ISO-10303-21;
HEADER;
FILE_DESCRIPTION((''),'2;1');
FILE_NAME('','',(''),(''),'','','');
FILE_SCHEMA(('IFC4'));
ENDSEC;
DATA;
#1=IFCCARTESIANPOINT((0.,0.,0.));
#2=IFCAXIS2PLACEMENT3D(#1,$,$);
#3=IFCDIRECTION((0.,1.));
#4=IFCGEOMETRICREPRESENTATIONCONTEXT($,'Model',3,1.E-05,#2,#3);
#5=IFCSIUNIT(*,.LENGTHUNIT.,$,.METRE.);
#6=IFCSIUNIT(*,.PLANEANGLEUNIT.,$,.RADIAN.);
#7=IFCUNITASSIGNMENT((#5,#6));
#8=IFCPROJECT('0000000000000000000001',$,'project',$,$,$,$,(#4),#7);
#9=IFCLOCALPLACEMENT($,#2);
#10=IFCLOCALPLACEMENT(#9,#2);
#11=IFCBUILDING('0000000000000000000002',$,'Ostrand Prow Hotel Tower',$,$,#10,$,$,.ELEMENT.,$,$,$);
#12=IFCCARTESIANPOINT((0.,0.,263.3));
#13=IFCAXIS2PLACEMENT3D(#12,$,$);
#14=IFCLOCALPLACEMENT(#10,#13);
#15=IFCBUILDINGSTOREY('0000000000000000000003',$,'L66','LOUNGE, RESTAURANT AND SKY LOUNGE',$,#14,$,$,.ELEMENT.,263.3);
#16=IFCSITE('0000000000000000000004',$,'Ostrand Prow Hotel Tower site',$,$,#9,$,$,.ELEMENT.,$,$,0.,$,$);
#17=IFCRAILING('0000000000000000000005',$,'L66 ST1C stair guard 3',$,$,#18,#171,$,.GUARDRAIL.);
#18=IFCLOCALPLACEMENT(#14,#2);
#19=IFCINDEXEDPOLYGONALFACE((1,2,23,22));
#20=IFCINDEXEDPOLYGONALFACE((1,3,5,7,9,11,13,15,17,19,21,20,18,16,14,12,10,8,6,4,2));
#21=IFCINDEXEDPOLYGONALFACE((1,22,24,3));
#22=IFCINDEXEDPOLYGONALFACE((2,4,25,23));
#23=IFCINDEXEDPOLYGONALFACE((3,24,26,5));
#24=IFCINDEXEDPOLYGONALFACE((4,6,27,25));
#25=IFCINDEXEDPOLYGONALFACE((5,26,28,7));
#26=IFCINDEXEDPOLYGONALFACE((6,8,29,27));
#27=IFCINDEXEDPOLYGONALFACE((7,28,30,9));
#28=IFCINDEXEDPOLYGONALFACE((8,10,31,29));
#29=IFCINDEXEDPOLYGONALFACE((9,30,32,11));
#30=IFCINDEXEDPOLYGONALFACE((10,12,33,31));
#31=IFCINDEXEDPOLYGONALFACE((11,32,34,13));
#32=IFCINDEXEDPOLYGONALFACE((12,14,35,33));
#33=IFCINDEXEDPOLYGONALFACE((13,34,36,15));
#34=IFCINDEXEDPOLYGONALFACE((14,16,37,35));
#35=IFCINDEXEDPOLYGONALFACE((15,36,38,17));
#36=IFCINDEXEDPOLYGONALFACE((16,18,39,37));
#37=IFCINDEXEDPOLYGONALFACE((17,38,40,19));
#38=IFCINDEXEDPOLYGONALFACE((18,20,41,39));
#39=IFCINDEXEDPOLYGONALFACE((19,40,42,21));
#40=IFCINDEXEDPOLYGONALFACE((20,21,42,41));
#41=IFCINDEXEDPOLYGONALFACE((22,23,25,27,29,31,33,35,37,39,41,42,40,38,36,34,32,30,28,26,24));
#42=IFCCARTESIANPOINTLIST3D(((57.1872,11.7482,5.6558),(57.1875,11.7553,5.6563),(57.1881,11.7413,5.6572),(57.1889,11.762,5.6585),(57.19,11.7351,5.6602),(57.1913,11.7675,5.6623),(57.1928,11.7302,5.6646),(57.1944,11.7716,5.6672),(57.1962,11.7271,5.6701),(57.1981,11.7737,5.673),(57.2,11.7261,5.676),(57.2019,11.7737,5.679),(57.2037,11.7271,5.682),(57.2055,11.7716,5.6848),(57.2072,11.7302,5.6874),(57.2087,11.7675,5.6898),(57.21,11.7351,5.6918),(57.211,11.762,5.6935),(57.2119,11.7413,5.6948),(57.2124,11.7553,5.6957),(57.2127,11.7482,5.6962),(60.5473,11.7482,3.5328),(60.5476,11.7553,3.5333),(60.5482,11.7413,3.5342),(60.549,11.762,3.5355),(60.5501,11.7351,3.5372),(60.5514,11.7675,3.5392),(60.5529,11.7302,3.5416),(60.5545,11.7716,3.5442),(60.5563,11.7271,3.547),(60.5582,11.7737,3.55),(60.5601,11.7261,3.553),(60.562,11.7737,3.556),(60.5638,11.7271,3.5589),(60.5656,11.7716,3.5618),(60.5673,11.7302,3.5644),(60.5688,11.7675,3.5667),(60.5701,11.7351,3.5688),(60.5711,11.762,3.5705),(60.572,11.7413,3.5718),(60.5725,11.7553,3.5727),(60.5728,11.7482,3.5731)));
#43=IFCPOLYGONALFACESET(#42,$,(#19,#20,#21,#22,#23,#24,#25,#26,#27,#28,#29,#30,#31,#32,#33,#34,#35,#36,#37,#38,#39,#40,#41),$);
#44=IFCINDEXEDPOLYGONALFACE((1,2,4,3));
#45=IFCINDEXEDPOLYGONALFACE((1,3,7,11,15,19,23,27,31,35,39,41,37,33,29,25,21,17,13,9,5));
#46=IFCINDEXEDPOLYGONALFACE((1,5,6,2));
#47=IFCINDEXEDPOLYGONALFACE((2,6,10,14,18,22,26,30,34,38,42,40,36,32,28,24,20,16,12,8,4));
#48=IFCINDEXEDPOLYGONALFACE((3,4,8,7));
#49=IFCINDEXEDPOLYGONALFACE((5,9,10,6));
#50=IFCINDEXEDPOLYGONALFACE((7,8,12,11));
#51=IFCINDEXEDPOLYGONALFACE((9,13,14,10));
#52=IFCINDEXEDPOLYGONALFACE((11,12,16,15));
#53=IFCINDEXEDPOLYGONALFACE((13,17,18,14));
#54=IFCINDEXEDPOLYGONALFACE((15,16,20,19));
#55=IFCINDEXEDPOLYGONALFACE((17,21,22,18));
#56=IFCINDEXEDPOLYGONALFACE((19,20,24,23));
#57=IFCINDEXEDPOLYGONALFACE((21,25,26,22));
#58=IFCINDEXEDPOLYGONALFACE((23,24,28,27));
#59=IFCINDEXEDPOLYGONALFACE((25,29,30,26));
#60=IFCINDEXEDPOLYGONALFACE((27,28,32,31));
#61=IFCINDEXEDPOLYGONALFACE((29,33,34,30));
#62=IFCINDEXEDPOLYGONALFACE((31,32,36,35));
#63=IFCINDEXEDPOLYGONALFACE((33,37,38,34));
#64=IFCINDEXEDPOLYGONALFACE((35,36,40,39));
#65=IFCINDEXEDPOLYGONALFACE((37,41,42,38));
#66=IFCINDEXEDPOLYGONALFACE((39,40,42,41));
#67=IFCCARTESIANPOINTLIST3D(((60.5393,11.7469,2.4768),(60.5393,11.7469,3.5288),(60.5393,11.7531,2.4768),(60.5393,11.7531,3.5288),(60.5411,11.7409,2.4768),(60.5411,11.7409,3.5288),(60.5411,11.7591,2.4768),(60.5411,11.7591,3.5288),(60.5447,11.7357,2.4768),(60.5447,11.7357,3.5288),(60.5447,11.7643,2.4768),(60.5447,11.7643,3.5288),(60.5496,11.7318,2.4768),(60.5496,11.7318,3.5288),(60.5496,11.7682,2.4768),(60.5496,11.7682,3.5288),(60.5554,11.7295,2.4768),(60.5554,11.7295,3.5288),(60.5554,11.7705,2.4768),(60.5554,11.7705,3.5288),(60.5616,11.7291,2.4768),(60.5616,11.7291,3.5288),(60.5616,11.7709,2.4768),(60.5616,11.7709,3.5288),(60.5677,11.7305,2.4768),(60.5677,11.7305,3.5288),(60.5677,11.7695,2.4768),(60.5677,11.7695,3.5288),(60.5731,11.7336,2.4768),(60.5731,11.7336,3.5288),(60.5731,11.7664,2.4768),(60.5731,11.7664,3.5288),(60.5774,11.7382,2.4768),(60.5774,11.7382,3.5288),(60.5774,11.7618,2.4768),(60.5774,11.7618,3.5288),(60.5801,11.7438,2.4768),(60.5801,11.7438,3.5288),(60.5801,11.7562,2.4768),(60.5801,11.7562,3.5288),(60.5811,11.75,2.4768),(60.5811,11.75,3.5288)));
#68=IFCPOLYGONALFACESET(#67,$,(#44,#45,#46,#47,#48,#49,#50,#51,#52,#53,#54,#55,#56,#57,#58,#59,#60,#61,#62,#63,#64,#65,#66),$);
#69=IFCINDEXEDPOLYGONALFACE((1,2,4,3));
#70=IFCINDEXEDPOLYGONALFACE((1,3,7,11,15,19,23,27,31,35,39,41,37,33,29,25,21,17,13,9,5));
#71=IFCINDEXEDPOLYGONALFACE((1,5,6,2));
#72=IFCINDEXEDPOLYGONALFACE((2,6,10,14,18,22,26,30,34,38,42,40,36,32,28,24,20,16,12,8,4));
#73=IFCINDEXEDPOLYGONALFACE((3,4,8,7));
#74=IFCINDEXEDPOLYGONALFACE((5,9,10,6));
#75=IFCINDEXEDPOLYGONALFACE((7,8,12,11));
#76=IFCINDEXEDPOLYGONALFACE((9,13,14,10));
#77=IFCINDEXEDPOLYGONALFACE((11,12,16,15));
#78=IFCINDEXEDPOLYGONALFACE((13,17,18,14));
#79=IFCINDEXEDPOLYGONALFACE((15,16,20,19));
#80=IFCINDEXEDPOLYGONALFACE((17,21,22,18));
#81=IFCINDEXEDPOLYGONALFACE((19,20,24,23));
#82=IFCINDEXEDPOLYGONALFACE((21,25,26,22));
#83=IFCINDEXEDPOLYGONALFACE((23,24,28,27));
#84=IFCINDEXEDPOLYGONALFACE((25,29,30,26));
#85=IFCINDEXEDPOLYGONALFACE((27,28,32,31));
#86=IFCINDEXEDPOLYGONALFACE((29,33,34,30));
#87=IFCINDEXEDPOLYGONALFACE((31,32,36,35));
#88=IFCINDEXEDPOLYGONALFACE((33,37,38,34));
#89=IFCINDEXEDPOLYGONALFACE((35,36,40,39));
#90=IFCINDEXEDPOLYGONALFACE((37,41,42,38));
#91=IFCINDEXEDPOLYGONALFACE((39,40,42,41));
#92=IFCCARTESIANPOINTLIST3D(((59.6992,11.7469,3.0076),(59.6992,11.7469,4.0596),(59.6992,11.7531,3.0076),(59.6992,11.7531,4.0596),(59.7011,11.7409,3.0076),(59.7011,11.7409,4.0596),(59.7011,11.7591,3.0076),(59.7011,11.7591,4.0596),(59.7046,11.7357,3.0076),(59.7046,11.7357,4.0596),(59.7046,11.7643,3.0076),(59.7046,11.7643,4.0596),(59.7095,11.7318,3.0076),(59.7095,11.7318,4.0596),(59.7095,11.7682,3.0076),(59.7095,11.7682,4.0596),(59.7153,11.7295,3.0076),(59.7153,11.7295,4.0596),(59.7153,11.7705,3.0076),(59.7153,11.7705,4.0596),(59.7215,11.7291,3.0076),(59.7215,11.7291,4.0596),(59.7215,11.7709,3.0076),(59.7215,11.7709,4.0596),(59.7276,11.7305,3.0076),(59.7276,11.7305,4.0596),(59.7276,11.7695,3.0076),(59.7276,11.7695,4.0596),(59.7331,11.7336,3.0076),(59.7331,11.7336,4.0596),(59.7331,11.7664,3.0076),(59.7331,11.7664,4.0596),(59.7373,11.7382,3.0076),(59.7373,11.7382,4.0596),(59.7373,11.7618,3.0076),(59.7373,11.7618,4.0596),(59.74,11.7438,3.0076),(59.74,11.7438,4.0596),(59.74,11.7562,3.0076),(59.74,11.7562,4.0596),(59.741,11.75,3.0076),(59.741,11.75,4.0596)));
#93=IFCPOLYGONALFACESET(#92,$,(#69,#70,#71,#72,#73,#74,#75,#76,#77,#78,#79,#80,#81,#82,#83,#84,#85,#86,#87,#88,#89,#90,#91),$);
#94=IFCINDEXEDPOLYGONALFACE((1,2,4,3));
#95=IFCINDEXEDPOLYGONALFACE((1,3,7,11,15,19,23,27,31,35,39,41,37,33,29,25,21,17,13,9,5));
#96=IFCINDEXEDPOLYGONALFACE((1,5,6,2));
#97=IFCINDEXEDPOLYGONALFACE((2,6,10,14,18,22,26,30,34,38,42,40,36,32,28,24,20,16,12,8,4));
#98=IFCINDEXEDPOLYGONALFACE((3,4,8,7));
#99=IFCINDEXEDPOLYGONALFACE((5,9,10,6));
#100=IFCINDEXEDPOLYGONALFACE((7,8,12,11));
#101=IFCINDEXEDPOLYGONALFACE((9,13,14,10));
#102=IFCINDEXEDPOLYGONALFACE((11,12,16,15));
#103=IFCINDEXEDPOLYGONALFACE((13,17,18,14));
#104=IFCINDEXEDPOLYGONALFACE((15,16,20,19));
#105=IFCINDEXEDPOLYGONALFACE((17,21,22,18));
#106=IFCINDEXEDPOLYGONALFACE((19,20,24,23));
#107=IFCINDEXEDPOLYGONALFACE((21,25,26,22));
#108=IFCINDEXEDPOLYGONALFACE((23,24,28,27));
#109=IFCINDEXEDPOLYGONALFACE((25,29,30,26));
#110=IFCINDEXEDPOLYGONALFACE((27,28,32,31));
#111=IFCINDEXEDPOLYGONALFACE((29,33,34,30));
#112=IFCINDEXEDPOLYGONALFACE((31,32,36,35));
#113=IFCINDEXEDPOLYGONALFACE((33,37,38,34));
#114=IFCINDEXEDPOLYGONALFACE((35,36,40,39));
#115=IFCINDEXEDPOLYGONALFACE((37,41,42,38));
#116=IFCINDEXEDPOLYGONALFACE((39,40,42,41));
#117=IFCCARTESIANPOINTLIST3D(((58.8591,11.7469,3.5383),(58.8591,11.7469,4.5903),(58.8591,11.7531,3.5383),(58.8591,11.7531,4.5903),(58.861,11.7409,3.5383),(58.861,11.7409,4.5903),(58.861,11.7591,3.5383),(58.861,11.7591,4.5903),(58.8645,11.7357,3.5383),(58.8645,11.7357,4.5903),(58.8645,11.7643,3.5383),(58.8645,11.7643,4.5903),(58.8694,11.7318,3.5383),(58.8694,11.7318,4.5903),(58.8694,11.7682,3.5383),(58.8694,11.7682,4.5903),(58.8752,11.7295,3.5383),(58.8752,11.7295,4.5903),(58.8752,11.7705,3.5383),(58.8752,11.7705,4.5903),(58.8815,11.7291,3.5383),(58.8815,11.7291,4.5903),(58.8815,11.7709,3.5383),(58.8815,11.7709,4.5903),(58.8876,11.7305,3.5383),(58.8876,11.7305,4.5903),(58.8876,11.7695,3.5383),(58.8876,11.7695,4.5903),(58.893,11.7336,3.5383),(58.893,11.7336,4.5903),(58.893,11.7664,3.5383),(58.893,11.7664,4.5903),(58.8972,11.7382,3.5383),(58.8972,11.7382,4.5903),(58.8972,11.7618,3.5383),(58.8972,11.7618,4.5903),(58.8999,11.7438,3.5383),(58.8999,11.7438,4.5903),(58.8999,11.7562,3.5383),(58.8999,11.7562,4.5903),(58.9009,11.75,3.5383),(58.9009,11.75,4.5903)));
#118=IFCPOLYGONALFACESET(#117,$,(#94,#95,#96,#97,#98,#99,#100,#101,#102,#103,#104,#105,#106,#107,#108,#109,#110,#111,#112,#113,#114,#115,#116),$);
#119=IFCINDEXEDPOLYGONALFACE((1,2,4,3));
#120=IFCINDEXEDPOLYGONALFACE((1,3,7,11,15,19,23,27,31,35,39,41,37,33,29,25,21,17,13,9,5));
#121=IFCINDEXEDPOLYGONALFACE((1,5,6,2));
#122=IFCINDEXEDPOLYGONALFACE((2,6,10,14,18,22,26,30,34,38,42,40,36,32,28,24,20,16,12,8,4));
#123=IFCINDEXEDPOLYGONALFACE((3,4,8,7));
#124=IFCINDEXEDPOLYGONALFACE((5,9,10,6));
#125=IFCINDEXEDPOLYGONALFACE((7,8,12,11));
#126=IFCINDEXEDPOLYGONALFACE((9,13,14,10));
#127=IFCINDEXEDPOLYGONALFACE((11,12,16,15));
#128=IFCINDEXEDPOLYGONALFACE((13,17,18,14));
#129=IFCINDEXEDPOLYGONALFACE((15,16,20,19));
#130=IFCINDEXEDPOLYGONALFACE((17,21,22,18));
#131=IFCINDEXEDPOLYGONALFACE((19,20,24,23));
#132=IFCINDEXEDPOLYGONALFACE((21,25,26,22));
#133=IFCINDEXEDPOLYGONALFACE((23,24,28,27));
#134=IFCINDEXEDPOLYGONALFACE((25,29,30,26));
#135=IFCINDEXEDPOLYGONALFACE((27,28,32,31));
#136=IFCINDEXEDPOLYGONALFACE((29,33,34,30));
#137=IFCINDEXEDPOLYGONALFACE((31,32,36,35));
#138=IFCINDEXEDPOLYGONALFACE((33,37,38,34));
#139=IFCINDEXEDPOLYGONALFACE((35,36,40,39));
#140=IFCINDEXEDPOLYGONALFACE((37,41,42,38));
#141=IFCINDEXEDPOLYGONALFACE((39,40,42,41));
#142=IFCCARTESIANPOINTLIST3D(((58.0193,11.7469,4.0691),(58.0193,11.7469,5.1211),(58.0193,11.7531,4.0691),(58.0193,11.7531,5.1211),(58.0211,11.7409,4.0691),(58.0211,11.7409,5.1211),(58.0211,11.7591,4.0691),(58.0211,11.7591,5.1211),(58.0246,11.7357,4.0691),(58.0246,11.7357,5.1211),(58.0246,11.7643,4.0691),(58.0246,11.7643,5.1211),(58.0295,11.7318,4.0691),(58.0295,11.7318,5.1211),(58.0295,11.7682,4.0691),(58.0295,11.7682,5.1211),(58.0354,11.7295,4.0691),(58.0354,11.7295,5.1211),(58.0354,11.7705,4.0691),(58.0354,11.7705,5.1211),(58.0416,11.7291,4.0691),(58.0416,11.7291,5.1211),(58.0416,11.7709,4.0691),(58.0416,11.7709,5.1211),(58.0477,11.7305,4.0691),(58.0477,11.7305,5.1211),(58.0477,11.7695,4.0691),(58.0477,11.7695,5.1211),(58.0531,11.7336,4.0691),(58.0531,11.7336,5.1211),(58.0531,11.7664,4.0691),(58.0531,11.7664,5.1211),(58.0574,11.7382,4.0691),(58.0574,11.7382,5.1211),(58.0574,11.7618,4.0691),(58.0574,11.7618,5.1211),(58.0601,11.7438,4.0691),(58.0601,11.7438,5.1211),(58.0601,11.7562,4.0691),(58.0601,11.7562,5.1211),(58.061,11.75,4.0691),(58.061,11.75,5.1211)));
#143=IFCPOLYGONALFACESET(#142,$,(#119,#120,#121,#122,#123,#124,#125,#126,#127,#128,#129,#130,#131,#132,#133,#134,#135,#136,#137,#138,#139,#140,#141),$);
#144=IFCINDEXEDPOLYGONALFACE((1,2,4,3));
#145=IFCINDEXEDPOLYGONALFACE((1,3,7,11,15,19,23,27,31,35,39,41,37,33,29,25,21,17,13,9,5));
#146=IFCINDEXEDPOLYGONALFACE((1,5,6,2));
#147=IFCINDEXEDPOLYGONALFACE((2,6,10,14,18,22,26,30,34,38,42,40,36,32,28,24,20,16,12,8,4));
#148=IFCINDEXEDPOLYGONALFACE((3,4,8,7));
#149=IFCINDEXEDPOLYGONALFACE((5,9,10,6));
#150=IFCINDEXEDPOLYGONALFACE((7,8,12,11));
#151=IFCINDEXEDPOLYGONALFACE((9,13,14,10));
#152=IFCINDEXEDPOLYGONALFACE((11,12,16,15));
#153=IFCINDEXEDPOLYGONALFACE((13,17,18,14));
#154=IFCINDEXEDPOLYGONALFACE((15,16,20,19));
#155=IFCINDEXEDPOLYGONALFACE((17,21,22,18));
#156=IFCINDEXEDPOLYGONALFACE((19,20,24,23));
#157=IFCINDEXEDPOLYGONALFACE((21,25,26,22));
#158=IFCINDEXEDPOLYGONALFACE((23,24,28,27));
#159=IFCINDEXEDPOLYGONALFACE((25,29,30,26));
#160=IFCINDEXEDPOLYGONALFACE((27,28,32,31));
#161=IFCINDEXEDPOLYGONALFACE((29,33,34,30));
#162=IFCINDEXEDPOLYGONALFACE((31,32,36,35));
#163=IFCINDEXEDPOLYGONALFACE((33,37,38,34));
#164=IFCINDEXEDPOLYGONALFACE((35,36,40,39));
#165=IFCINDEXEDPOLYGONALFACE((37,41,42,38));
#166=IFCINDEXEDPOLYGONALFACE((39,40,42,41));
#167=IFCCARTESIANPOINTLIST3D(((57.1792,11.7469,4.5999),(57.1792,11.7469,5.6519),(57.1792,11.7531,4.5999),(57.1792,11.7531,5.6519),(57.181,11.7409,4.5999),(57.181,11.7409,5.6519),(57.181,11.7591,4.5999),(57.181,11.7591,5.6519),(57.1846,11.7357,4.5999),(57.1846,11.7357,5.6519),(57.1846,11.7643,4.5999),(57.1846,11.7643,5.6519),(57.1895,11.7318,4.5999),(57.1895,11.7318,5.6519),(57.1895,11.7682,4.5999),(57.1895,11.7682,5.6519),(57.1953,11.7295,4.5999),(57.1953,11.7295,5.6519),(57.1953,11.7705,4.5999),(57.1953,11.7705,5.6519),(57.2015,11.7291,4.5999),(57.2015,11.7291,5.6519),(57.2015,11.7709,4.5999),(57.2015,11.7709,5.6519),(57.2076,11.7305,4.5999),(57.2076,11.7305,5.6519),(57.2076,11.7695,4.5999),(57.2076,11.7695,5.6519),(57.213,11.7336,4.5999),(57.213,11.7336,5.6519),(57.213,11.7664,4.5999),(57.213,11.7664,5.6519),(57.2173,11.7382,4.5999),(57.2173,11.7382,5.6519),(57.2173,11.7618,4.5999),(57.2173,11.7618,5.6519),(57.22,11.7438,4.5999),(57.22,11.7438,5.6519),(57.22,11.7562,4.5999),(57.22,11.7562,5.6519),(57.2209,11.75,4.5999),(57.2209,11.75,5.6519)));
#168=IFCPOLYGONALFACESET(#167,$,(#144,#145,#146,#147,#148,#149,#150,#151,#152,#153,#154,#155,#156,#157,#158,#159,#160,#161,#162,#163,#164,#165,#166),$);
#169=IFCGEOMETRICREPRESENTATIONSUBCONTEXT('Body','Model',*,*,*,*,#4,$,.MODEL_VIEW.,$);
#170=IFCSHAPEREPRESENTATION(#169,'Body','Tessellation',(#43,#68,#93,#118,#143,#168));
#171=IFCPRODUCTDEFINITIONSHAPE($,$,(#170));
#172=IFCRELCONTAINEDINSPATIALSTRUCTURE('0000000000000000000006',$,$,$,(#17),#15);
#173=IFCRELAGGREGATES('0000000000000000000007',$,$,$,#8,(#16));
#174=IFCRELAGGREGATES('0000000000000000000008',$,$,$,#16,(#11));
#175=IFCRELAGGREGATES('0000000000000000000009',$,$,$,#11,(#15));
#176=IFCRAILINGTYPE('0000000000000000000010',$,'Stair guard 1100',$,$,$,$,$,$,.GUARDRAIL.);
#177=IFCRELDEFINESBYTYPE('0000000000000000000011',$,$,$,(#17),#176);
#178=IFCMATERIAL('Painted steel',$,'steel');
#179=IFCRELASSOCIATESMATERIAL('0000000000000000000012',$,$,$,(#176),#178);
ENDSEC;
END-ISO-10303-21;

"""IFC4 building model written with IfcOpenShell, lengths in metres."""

from ifc_helpers import new_model, si_unit, direction, frame, origin, origin_2d, place, context, subcontext, project, spatial, circle, extrude, material, type_object, element, save


model = new_model("IFC4")

# Units and contexts
model_context = context("Model", 3, precision=1e-05, world=origin(), true_north=direction((0.0, 1.0)))
body_context = subcontext(model_context, "Body", "Model", "MODEL_VIEW")
ifc_project = project(units=[si_unit("LENGTHUNIT", "METRE"), si_unit("PLANEANGLEUNIT", "RADIAN")], contexts=[model_context])

# Site, building, storey
site_placement = place(None, origin())
site = spatial("IfcSite", under=ifc_project, at=site_placement, Name="Ostrand Prow Hotel Tower site", CompositionType="ELEMENT", RefElevation=0.0)
building_placement = place(site_placement, origin())
building = spatial("IfcBuilding", under=site, at=building_placement, Name="Ostrand Prow Hotel Tower", CompositionType="ELEMENT")
storey_placement = place(building_placement, frame((0.0, 0.0, 263.3)))
storey = spatial("IfcBuildingStorey", under=building, at=storey_placement, Name="L66", Description="LOUNGE, RESTAURANT AND SKY LOUNGE", CompositionType="ELEMENT", Elevation=263.3)

# Railing
ifc_material_1 = material(Name="Painted steel", Category="steel")
railing_type_1 = type_object("IfcRailingType", Name="Stair guard 1100", PredefinedType="GUARDRAIL", material=ifc_material_1)
railing_1_placement = place(storey_placement, frame((60.5601, 11.75, 2.4768)))
element("IfcRailing", 1, at=railing_1_placement, inside=storey, type_object=railing_type_1, Name="L66 ST1C stair guard 3", PredefinedType="GUARDRAIL", context=body_context, shape_type="SweptSolid", body=[
    extrude(circle(Radius=0.0239, at=origin_2d()), frame((0.0, 0.0, 1.0762), z_axis=(-0.84539, 0.0, 0.53415), x_axis=(0.0, -1.0, 0.0)), (0.0, 0.0, 1.0), 3.9746),
    extrude(circle(Radius=0.021, at=origin_2d()), origin(), (0.0, 0.0, 1.0), 1.052),
    extrude(circle(Radius=0.021, at=origin_2d()), frame((-0.8401, 0.0, 0.5308)), (0.0, 0.0, 1.0), 1.052),
    extrude(circle(Radius=0.021, at=origin_2d()), frame((-1.6802, 0.0, 1.0615)), (0.0, 0.0, 1.0), 1.052),
    extrude(circle(Radius=0.021, at=origin_2d()), frame((-2.52, 0.0, 1.5923)), (0.0, 0.0, 1.0), 1.052),
    extrude(circle(Radius=0.021, at=origin_2d()), frame((-3.3601, 0.0, 2.123)), (0.0, 0.0, 1.0), 1.052),
])

save(model, "model.ifc")
